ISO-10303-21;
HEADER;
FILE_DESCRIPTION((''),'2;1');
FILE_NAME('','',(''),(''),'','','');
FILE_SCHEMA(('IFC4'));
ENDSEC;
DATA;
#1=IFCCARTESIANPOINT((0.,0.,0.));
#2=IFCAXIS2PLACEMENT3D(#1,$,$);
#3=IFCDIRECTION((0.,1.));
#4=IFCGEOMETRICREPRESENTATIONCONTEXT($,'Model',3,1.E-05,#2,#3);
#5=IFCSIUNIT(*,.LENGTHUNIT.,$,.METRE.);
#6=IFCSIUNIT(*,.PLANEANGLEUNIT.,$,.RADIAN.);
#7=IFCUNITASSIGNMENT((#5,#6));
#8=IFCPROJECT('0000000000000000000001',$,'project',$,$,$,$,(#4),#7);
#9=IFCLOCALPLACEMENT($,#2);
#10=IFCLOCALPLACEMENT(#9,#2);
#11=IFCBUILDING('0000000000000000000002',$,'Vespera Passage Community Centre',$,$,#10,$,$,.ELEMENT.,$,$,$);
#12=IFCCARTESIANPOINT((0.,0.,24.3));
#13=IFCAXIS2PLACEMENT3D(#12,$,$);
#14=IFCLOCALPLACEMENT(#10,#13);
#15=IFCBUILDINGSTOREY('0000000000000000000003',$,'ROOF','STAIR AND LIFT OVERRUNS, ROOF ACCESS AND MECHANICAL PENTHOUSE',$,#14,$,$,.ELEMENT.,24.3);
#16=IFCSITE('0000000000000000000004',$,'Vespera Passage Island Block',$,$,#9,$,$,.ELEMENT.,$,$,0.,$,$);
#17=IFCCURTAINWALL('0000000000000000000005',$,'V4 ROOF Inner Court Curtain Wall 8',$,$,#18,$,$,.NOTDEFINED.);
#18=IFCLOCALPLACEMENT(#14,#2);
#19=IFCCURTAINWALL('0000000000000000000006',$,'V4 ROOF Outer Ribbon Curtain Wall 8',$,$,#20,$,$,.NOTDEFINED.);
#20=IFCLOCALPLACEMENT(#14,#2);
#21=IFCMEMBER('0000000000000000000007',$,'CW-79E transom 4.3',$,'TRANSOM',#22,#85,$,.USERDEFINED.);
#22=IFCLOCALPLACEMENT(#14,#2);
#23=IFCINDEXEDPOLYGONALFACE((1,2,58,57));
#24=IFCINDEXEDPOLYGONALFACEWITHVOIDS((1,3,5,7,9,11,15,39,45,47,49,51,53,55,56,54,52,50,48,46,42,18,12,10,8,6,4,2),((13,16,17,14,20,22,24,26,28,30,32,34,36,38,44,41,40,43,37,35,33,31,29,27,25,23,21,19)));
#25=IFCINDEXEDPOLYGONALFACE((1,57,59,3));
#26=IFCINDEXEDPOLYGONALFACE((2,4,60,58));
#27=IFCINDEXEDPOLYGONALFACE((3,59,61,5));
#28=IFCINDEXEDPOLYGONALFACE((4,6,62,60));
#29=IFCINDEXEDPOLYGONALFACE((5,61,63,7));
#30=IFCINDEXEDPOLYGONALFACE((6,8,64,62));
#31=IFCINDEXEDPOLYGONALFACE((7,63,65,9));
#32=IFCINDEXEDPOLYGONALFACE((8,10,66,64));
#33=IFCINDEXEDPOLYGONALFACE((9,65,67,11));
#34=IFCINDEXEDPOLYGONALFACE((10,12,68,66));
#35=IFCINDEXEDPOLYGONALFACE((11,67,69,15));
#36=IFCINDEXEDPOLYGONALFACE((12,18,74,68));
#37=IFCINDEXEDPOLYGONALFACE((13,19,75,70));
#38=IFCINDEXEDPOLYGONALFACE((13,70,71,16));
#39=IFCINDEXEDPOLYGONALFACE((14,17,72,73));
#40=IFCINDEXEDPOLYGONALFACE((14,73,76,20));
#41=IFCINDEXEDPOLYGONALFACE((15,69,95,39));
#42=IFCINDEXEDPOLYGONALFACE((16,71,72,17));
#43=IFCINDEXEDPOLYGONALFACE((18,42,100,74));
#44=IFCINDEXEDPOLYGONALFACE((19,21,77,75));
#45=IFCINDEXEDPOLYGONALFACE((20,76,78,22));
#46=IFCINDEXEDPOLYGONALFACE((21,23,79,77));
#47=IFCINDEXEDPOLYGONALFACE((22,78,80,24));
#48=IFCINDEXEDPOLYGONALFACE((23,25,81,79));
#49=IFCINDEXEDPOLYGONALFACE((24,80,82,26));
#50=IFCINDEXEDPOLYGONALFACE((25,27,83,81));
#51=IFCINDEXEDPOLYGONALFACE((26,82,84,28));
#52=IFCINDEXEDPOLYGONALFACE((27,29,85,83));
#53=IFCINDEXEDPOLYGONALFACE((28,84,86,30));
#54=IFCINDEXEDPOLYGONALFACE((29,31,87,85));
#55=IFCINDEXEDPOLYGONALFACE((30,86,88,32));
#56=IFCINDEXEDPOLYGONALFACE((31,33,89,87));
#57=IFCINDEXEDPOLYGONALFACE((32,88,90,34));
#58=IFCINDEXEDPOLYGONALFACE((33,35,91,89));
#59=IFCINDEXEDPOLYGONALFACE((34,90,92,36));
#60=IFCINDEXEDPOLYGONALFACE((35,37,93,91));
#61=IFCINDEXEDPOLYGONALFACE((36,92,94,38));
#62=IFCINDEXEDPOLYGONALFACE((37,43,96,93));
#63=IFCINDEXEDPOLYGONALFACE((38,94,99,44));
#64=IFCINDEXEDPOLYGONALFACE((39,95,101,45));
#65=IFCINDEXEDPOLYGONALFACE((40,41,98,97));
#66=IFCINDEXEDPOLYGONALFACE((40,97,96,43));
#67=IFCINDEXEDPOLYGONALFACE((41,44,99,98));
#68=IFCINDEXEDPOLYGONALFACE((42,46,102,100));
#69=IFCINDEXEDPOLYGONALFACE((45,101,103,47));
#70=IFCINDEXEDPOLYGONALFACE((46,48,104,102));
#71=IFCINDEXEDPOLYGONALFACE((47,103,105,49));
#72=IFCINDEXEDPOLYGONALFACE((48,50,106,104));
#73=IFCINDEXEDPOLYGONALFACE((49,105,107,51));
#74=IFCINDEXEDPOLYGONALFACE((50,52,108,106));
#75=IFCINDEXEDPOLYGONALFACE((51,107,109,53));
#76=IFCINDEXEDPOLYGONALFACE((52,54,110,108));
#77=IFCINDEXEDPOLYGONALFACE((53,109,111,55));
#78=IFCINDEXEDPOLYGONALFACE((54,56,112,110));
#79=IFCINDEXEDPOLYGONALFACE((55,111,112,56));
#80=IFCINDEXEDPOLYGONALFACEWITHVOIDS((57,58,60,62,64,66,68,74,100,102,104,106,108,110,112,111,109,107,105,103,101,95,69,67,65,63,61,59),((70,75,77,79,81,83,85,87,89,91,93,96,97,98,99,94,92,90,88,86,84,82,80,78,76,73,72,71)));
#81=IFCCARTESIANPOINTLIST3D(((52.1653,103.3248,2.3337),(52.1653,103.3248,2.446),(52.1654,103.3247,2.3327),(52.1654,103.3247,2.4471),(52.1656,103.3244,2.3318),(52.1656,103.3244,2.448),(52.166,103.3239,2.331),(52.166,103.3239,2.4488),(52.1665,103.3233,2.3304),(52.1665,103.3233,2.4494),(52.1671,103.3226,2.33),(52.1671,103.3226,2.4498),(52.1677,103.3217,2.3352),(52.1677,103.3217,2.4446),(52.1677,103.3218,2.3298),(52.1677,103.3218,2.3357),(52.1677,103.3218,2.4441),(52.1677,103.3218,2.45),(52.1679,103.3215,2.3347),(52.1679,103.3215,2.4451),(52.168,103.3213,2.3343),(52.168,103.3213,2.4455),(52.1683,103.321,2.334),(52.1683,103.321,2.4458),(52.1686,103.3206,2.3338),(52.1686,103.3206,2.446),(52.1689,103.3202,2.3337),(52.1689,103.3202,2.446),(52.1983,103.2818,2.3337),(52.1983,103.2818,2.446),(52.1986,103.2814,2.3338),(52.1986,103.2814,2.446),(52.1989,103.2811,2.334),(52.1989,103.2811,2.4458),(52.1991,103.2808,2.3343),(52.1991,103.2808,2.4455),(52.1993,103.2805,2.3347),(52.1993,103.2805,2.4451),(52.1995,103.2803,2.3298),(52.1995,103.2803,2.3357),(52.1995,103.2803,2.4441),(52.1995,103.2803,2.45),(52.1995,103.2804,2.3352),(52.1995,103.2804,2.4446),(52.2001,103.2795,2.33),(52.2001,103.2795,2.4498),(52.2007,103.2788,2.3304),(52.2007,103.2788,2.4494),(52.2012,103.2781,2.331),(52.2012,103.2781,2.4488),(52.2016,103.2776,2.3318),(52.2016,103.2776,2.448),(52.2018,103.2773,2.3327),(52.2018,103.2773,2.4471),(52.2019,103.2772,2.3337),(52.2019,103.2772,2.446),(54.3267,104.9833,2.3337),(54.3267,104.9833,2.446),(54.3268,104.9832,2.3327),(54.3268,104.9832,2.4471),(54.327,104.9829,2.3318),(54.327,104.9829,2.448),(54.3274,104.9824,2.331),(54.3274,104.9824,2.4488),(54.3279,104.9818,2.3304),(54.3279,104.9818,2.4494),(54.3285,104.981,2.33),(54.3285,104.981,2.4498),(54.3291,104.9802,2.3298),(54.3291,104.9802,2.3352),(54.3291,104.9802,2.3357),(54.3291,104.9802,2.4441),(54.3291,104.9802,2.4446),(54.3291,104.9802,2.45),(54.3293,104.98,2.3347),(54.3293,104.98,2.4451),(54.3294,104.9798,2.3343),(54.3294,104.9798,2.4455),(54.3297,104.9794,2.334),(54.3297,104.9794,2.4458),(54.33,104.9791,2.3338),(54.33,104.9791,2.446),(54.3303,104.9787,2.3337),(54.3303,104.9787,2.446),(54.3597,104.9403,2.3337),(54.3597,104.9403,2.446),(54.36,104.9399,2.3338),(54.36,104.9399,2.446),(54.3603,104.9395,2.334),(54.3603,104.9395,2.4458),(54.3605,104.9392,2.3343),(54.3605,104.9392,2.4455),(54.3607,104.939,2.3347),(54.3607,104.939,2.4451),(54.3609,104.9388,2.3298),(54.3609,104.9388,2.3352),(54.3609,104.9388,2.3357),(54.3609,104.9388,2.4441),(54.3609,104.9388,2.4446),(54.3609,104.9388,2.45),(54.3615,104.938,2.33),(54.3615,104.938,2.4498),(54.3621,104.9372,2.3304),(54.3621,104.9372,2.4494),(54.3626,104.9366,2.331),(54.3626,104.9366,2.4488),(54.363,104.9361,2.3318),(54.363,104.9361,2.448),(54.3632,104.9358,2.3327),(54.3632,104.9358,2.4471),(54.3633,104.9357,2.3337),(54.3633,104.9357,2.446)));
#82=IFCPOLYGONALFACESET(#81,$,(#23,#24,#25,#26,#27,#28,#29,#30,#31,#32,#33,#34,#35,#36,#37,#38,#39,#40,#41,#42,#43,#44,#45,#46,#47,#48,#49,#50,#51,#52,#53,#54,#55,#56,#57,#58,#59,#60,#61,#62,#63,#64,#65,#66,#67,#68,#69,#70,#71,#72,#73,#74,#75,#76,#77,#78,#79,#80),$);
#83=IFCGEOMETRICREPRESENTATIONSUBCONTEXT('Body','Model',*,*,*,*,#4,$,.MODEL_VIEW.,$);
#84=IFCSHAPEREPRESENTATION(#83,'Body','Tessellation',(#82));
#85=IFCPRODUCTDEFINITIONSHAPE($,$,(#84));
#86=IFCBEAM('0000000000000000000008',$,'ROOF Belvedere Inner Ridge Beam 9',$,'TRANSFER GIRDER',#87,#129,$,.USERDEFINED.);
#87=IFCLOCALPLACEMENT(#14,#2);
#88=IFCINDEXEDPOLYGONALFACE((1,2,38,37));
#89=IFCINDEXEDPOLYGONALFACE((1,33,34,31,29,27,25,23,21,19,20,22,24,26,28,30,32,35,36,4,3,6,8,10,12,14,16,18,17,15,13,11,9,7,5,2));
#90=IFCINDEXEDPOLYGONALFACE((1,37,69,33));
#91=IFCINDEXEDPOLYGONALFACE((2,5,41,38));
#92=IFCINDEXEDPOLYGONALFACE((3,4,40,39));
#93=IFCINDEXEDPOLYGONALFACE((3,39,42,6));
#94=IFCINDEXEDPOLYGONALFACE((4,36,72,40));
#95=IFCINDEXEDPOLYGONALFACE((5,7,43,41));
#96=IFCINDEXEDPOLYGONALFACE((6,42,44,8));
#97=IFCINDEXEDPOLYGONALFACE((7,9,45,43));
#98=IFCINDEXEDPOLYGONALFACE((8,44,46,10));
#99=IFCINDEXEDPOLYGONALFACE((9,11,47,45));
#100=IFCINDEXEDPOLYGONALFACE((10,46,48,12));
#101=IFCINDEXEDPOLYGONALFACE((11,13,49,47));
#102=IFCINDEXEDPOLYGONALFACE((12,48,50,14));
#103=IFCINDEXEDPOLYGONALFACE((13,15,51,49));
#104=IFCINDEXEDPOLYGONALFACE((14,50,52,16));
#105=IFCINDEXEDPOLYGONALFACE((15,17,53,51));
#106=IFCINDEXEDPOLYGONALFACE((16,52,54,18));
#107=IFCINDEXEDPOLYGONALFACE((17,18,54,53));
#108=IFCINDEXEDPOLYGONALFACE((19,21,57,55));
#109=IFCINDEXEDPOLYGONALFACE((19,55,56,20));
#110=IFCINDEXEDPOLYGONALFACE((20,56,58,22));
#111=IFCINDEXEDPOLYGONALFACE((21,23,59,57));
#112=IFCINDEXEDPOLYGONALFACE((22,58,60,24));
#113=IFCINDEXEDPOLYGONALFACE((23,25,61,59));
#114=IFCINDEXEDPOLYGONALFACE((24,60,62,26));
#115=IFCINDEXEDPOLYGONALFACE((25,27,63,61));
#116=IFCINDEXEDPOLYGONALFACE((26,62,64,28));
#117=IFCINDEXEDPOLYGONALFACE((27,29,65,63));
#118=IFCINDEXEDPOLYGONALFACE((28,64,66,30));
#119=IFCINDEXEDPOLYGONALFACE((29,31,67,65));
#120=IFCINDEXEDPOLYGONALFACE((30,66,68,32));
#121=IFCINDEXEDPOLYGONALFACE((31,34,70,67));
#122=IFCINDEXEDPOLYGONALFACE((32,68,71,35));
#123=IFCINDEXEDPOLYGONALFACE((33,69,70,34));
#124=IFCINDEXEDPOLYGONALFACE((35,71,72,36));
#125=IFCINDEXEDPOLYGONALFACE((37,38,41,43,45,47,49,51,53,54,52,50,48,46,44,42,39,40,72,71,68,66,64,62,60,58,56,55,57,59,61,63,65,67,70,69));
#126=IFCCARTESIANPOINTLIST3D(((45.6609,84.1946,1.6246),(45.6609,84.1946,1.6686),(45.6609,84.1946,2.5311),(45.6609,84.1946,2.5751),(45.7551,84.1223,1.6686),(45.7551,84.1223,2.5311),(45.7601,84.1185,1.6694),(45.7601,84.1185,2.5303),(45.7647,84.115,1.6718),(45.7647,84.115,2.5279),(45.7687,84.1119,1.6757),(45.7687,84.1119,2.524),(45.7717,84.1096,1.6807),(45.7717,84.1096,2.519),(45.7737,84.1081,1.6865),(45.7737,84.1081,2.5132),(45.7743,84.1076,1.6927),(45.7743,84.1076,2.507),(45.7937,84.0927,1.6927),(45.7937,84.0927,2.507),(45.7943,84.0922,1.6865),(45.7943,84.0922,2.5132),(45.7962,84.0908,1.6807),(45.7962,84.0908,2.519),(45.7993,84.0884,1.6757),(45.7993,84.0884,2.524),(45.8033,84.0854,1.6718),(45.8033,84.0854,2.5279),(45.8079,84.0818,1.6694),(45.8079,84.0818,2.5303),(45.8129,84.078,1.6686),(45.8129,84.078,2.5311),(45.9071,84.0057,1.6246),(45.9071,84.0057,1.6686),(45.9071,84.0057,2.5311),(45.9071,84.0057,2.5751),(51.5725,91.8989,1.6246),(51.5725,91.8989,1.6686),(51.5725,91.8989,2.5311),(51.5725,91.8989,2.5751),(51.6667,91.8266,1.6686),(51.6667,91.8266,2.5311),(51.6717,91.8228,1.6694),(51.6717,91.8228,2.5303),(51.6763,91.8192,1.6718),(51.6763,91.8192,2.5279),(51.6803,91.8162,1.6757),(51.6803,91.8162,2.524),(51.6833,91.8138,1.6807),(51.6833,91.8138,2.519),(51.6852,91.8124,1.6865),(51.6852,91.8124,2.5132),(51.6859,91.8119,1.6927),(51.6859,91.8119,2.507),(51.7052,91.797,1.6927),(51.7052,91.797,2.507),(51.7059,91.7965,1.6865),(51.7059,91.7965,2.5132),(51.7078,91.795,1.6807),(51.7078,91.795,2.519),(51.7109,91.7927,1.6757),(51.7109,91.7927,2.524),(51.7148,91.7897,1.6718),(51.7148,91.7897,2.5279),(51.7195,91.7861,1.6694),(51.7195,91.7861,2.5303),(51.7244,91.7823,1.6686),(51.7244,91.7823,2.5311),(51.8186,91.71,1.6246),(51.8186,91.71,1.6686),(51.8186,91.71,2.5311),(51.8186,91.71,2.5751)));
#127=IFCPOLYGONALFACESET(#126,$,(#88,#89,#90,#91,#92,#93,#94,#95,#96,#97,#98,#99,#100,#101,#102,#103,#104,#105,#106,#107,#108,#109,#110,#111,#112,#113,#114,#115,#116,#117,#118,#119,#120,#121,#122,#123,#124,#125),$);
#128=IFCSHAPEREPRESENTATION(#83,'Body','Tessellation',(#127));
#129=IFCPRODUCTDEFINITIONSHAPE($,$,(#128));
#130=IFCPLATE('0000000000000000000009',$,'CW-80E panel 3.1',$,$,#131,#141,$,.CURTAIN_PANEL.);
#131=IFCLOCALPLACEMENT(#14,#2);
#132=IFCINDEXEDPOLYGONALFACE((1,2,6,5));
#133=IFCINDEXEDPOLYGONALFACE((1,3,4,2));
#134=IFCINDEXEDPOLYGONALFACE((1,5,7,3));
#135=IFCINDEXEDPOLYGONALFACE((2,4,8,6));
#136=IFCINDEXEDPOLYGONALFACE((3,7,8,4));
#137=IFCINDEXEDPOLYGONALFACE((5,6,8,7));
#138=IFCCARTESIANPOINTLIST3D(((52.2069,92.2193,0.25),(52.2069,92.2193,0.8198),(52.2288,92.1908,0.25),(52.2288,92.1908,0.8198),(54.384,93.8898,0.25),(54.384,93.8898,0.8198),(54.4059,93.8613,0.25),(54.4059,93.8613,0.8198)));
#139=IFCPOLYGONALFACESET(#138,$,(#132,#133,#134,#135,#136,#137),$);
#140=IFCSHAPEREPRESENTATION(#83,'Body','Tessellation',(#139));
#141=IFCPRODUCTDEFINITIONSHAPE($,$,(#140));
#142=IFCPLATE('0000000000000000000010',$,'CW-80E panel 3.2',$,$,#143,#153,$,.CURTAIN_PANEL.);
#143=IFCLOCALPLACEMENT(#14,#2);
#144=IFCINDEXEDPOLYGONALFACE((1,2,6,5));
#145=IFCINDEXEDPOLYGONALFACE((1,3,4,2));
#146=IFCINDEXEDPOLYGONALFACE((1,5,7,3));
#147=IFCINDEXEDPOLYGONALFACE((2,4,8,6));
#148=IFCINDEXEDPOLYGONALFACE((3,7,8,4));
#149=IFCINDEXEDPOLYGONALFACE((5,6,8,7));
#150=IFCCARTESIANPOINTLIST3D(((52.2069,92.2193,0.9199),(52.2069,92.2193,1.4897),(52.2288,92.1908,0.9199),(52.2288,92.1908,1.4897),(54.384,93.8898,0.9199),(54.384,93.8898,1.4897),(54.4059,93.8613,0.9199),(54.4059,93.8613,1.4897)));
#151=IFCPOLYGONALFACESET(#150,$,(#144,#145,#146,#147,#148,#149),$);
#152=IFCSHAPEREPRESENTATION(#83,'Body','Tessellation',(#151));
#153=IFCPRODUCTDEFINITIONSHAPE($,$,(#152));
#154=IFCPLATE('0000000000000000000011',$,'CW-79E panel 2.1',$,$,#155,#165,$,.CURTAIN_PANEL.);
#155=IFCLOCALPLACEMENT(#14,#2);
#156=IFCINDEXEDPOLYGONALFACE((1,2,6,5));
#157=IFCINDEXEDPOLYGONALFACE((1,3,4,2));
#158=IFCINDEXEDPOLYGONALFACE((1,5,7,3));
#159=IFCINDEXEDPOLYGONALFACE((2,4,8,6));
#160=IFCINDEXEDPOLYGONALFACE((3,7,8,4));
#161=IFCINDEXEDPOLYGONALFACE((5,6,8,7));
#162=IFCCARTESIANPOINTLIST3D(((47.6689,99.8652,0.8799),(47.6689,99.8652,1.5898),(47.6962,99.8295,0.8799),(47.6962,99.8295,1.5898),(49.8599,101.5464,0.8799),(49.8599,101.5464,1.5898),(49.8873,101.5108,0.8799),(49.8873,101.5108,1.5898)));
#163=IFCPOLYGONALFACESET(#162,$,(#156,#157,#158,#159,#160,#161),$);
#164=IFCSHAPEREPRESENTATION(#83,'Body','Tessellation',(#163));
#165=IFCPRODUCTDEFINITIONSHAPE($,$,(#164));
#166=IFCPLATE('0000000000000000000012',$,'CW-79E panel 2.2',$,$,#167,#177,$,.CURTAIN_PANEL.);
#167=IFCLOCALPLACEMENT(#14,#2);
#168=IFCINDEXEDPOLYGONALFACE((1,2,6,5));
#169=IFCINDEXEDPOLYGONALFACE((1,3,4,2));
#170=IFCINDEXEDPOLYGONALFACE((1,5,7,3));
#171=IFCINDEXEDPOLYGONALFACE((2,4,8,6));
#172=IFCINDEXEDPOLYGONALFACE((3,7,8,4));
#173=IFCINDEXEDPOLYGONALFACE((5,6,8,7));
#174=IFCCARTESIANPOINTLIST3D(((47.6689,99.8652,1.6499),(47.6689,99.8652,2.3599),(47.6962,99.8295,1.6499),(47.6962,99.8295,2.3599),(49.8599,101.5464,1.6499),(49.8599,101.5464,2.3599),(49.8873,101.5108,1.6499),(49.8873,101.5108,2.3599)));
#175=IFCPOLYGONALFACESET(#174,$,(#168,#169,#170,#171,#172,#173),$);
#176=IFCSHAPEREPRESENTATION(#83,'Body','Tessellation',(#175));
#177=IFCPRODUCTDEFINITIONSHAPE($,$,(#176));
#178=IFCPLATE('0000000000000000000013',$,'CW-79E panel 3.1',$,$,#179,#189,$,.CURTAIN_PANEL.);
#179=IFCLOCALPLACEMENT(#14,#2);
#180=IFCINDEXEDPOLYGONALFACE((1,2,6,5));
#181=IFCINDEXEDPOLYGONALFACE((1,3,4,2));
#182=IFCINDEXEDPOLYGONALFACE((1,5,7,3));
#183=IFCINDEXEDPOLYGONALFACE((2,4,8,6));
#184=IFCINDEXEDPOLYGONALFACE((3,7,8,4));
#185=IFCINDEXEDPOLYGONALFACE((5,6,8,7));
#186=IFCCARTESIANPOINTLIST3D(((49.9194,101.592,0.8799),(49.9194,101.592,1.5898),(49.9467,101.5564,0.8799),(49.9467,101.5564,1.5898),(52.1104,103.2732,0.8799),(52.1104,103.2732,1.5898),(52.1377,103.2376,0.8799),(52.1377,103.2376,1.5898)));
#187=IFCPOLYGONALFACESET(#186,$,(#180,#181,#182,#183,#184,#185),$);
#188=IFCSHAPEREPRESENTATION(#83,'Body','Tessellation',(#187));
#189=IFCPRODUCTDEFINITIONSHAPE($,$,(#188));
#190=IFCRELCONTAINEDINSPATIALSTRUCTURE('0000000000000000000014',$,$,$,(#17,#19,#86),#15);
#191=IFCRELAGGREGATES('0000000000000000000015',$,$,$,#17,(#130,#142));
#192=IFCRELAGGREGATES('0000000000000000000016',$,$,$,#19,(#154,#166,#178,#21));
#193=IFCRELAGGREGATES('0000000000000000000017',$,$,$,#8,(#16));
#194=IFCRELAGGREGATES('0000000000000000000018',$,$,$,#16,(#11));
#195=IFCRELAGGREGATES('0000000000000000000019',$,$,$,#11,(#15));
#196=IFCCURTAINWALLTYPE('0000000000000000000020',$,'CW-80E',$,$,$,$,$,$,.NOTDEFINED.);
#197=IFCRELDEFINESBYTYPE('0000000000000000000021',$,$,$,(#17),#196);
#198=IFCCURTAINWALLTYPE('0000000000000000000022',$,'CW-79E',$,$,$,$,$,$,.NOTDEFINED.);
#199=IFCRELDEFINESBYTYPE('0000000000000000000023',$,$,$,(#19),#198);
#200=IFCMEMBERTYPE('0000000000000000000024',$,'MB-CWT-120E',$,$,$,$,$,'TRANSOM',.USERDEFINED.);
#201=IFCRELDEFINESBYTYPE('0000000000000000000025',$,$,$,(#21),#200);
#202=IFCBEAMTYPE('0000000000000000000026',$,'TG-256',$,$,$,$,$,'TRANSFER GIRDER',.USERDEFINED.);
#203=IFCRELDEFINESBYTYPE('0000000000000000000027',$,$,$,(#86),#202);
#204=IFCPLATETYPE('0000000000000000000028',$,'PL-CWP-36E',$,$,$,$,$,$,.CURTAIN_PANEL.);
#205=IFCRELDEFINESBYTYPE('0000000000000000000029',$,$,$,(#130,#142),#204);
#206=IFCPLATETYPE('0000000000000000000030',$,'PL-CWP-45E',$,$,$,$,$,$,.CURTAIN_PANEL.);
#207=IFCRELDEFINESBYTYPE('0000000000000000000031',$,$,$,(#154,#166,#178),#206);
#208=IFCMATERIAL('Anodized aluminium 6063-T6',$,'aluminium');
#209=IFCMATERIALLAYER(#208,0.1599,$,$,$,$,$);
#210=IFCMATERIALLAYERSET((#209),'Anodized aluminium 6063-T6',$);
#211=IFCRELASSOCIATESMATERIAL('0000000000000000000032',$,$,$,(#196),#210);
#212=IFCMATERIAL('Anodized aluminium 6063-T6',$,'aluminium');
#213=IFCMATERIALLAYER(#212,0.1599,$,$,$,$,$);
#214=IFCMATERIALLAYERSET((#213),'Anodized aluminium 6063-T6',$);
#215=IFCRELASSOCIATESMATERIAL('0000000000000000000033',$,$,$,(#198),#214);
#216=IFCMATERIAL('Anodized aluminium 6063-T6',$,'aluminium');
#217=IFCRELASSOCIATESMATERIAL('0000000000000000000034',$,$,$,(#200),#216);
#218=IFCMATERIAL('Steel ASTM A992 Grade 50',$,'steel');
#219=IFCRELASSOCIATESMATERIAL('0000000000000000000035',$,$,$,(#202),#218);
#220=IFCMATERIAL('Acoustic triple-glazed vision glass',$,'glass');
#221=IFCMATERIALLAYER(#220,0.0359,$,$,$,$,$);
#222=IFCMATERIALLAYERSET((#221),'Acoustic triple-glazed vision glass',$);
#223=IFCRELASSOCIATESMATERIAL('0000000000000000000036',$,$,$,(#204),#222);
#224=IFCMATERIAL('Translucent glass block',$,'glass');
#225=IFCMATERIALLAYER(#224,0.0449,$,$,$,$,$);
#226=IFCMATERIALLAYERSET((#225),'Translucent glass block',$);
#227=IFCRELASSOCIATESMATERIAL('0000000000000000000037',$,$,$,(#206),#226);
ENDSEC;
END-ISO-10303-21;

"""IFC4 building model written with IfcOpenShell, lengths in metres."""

from ifc_helpers import new_model, si_unit, direction, frame, origin, origin_2d, place, context, subcontext, project, spatial, rectangle, hollow_rectangle, i_section, extrude, material, layer, layer_set, material_profile, profile_set, type_object, element, aggregate, save


model = new_model("IFC4")

# Units and contexts
model_context = context("Model", 3, precision=1e-05, world=origin(), true_north=direction((0.0, 1.0)))
body_context = subcontext(model_context, "Body", "Model", "MODEL_VIEW")
ifc_project = project(units=[si_unit("LENGTHUNIT", "METRE"), si_unit("PLANEANGLEUNIT", "RADIAN")], contexts=[model_context])

# Site, building, storey
site_placement = place(None, origin())
site = spatial("IfcSite", under=ifc_project, at=site_placement, Name="Vespera Passage Island Block", CompositionType="ELEMENT", RefElevation=0.0)
building_placement = place(site_placement, origin())
building = spatial("IfcBuilding", under=site, at=building_placement, Name="Vespera Passage Community Centre", CompositionType="ELEMENT")
storey_placement = place(building_placement, frame((0.0, 0.0, 24.3)))
storey = spatial("IfcBuildingStorey", under=building, at=storey_placement, Name="ROOF", Description="STAIR AND LIFT OVERRUNS, ROOF ACCESS AND MECHANICAL PENTHOUSE", CompositionType="ELEMENT", Elevation=24.3)

# Curtain walls
ifc_material_1 = material(Name="Anodized aluminium 6063-T6", Category="aluminium")
ifc_layer_1 = layer(ifc_material_1, 0.1599)
ifc_layer_set_1 = layer_set([ifc_layer_1], Name="Anodized aluminium 6063-T6")
curtain_wall_type_1 = type_object("IfcCurtainWallType", Name="CW-80E", PredefinedType="NOTDEFINED", material=ifc_layer_set_1)
curtain_wall_1_placement = place(storey_placement, origin())
curtain_wall_1 = element("IfcCurtainWall", 1, at=curtain_wall_1_placement, inside=storey, type_object=curtain_wall_type_1, Name="V4 ROOF Inner Court Curtain Wall 8", PredefinedType="NOTDEFINED")
ifc_material_2 = material(Name="Anodized aluminium 6063-T6", Category="aluminium")
ifc_layer_2 = layer(ifc_material_2, 0.1599)
ifc_layer_set_2 = layer_set([ifc_layer_2], Name="Anodized aluminium 6063-T6")
curtain_wall_type_2 = type_object("IfcCurtainWallType", Name="CW-79E", PredefinedType="NOTDEFINED", material=ifc_layer_set_2)
curtain_wall_2_placement = place(storey_placement, origin())
curtain_wall_2 = element("IfcCurtainWall", 2, at=curtain_wall_2_placement, inside=storey, type_object=curtain_wall_type_2, Name="V4 ROOF Outer Ribbon Curtain Wall 8", PredefinedType="NOTDEFINED")

# Member
ifc_material_3 = material(Name="Anodized aluminium 6063-T6", Category="aluminium")
ifc_material_profile_1 = material_profile(ifc_material_3, hollow_rectangle(XDim=0.0601, YDim=0.1201, WallThickness=0.0039, InnerFilletRadius=0.002, OuterFilletRadius=0.0039, at=origin_2d()), Name="ALU120X60X4")
ifc_profile_set_1 = profile_set([ifc_material_profile_1], Name="Anodized aluminium 6063-T6")
member_type_1 = type_object("IfcMemberType", Name="MB-CWT-120E", ElementType="TRANSOM", PredefinedType="USERDEFINED", material=ifc_profile_set_1)
member_1_placement = place(storey_placement, frame((52.1836, 103.301, 2.3899), z_axis=(0.79336, 0.608753, 0.0), x_axis=(-0.608753, 0.79336, 0.0)))
member_1 = element("IfcMember", 3, at=member_1_placement, type_object=member_type_1, Name="CW-79E transom 4.3", ObjectType="TRANSOM", PredefinedType="USERDEFINED", context=body_context, shape_type="SweptSolid", body=[
    extrude(hollow_rectangle(XDim=0.0601, YDim=0.1201, WallThickness=0.0039, InnerFilletRadius=0.002, OuterFilletRadius=0.0039, at=origin_2d()), origin(), (0.0, 0.0, 1.0), 2.7244),
])

# Beam
ifc_material_4 = material(Name="Steel ASTM A992 Grade 50", Category="steel")
ifc_material_profile_2 = material_profile(ifc_material_4, i_section(OverallWidth=0.3103, OverallDepth=0.9504, WebThickness=0.0244, FlangeThickness=0.0439, FilletRadius=0.0242, at=origin_2d()), Name="W36X256")
ifc_profile_set_2 = profile_set([ifc_material_profile_2], Name="Steel ASTM A992 Grade 50")
beam_type_1 = type_object("IfcBeamType", Name="TG-256", ElementType="TRANSFER GIRDER", PredefinedType="USERDEFINED", material=ifc_profile_set_2)
beam_1_placement = place(storey_placement, frame((51.6956, 91.8044, 2.0999), z_axis=(-0.608753, -0.79336, 0.0), x_axis=(0.79336, -0.608753, 0.0)))
element("IfcBeam", 4, at=beam_1_placement, inside=storey, type_object=beam_type_1, Name="ROOF Belvedere Inner Ridge Beam 9", ObjectType="TRANSFER GIRDER", PredefinedType="USERDEFINED", context=body_context, shape_type="SweptSolid", body=[
    extrude(i_section(OverallWidth=0.3103, OverallDepth=0.9504, WebThickness=0.0244, FlangeThickness=0.0439, FilletRadius=0.0242, at=origin_2d()), origin(), (0.0, 0.0, 1.0), 9.7109),
])

# Plates
ifc_material_5 = material(Name="Acoustic triple-glazed vision glass", Category="glass")
ifc_layer_3 = layer(ifc_material_5, 0.0359)
ifc_layer_set_3 = layer_set([ifc_layer_3], Name="Acoustic triple-glazed vision glass")
plate_type_1 = type_object("IfcPlateType", Name="PL-CWP-36E", PredefinedType="CURTAIN_PANEL", material=ifc_layer_set_3)
plate_1_placement = place(storey_placement, frame((53.3064, 93.0403, 0.25), z_axis=(0.0, 0.0, 1.0), x_axis=(-0.793358, -0.608755, 0.0)))
plate_1 = element("IfcPlate", 5, at=plate_1_placement, type_object=plate_type_1, Name="CW-80E panel 3.1", PredefinedType="CURTAIN_PANEL", context=body_context, shape_type="SweptSolid", body=[
    extrude(rectangle(XDim=2.7441, YDim=0.0359, at=origin_2d()), origin(), (0.0, 0.0, 1.0), 0.5698),
])
plate_2_placement = place(storey_placement, frame((53.3064, 93.0403, 0.9199), z_axis=(0.0, 0.0, 1.0), x_axis=(-0.793358, -0.608755, 0.0)))
plate_2 = element("IfcPlate", 6, at=plate_2_placement, type_object=plate_type_1, Name="CW-80E panel 3.2", PredefinedType="CURTAIN_PANEL", context=body_context, shape_type="SweptSolid", body=[
    extrude(rectangle(XDim=2.7441, YDim=0.0359, at=origin_2d()), origin(), (0.0, 0.0, 1.0), 0.5698),
])
aggregate(curtain_wall_1, [plate_1, plate_2])
ifc_material_6 = material(Name="Translucent glass block", Category="glass")
ifc_layer_4 = layer(ifc_material_6, 0.0449)
ifc_layer_set_4 = layer_set([ifc_layer_4], Name="Translucent glass block")
plate_type_2 = type_object("IfcPlateType", Name="PL-CWP-45E", PredefinedType="CURTAIN_PANEL", material=ifc_layer_set_4)
plate_3_placement = place(storey_placement, frame((48.7781, 100.688, 0.8799), z_axis=(0.0, 0.0, 1.0), x_axis=(0.793348, 0.608768, 0.0)))
plate_3 = element("IfcPlate", 7, at=plate_3_placement, type_object=plate_type_2, Name="CW-79E panel 2.1", PredefinedType="CURTAIN_PANEL", context=body_context, shape_type="SweptSolid", body=[
    extrude(rectangle(XDim=2.7617, YDim=0.0449, at=origin_2d()), origin(), (0.0, 0.0, 1.0), 0.71),
])
plate_4_placement = place(storey_placement, frame((48.7781, 100.688, 1.6499), z_axis=(0.0, 0.0, 1.0), x_axis=(0.793348, 0.608768, 0.0)))
plate_4 = element("IfcPlate", 8, at=plate_4_placement, type_object=plate_type_2, Name="CW-79E panel 2.2", PredefinedType="CURTAIN_PANEL", context=body_context, shape_type="SweptSolid", body=[
    extrude(rectangle(XDim=2.7617, YDim=0.0449, at=origin_2d()), origin(), (0.0, 0.0, 1.0), 0.71),
])
plate_5_placement = place(storey_placement, frame((51.0286, 102.4148, 0.8799), z_axis=(0.0, 0.0, 1.0), x_axis=(0.793348, 0.608768, 0.0)))
plate_5 = element("IfcPlate", 9, at=plate_5_placement, type_object=plate_type_2, Name="CW-79E panel 3.1", PredefinedType="CURTAIN_PANEL", context=body_context, shape_type="SweptSolid", body=[
    extrude(rectangle(XDim=2.7617, YDim=0.0449, at=origin_2d()), origin(), (0.0, 0.0, 1.0), 0.71),
])
aggregate(curtain_wall_2, [plate_3, plate_4, plate_5, member_1])

save(model, "model.ifc")
